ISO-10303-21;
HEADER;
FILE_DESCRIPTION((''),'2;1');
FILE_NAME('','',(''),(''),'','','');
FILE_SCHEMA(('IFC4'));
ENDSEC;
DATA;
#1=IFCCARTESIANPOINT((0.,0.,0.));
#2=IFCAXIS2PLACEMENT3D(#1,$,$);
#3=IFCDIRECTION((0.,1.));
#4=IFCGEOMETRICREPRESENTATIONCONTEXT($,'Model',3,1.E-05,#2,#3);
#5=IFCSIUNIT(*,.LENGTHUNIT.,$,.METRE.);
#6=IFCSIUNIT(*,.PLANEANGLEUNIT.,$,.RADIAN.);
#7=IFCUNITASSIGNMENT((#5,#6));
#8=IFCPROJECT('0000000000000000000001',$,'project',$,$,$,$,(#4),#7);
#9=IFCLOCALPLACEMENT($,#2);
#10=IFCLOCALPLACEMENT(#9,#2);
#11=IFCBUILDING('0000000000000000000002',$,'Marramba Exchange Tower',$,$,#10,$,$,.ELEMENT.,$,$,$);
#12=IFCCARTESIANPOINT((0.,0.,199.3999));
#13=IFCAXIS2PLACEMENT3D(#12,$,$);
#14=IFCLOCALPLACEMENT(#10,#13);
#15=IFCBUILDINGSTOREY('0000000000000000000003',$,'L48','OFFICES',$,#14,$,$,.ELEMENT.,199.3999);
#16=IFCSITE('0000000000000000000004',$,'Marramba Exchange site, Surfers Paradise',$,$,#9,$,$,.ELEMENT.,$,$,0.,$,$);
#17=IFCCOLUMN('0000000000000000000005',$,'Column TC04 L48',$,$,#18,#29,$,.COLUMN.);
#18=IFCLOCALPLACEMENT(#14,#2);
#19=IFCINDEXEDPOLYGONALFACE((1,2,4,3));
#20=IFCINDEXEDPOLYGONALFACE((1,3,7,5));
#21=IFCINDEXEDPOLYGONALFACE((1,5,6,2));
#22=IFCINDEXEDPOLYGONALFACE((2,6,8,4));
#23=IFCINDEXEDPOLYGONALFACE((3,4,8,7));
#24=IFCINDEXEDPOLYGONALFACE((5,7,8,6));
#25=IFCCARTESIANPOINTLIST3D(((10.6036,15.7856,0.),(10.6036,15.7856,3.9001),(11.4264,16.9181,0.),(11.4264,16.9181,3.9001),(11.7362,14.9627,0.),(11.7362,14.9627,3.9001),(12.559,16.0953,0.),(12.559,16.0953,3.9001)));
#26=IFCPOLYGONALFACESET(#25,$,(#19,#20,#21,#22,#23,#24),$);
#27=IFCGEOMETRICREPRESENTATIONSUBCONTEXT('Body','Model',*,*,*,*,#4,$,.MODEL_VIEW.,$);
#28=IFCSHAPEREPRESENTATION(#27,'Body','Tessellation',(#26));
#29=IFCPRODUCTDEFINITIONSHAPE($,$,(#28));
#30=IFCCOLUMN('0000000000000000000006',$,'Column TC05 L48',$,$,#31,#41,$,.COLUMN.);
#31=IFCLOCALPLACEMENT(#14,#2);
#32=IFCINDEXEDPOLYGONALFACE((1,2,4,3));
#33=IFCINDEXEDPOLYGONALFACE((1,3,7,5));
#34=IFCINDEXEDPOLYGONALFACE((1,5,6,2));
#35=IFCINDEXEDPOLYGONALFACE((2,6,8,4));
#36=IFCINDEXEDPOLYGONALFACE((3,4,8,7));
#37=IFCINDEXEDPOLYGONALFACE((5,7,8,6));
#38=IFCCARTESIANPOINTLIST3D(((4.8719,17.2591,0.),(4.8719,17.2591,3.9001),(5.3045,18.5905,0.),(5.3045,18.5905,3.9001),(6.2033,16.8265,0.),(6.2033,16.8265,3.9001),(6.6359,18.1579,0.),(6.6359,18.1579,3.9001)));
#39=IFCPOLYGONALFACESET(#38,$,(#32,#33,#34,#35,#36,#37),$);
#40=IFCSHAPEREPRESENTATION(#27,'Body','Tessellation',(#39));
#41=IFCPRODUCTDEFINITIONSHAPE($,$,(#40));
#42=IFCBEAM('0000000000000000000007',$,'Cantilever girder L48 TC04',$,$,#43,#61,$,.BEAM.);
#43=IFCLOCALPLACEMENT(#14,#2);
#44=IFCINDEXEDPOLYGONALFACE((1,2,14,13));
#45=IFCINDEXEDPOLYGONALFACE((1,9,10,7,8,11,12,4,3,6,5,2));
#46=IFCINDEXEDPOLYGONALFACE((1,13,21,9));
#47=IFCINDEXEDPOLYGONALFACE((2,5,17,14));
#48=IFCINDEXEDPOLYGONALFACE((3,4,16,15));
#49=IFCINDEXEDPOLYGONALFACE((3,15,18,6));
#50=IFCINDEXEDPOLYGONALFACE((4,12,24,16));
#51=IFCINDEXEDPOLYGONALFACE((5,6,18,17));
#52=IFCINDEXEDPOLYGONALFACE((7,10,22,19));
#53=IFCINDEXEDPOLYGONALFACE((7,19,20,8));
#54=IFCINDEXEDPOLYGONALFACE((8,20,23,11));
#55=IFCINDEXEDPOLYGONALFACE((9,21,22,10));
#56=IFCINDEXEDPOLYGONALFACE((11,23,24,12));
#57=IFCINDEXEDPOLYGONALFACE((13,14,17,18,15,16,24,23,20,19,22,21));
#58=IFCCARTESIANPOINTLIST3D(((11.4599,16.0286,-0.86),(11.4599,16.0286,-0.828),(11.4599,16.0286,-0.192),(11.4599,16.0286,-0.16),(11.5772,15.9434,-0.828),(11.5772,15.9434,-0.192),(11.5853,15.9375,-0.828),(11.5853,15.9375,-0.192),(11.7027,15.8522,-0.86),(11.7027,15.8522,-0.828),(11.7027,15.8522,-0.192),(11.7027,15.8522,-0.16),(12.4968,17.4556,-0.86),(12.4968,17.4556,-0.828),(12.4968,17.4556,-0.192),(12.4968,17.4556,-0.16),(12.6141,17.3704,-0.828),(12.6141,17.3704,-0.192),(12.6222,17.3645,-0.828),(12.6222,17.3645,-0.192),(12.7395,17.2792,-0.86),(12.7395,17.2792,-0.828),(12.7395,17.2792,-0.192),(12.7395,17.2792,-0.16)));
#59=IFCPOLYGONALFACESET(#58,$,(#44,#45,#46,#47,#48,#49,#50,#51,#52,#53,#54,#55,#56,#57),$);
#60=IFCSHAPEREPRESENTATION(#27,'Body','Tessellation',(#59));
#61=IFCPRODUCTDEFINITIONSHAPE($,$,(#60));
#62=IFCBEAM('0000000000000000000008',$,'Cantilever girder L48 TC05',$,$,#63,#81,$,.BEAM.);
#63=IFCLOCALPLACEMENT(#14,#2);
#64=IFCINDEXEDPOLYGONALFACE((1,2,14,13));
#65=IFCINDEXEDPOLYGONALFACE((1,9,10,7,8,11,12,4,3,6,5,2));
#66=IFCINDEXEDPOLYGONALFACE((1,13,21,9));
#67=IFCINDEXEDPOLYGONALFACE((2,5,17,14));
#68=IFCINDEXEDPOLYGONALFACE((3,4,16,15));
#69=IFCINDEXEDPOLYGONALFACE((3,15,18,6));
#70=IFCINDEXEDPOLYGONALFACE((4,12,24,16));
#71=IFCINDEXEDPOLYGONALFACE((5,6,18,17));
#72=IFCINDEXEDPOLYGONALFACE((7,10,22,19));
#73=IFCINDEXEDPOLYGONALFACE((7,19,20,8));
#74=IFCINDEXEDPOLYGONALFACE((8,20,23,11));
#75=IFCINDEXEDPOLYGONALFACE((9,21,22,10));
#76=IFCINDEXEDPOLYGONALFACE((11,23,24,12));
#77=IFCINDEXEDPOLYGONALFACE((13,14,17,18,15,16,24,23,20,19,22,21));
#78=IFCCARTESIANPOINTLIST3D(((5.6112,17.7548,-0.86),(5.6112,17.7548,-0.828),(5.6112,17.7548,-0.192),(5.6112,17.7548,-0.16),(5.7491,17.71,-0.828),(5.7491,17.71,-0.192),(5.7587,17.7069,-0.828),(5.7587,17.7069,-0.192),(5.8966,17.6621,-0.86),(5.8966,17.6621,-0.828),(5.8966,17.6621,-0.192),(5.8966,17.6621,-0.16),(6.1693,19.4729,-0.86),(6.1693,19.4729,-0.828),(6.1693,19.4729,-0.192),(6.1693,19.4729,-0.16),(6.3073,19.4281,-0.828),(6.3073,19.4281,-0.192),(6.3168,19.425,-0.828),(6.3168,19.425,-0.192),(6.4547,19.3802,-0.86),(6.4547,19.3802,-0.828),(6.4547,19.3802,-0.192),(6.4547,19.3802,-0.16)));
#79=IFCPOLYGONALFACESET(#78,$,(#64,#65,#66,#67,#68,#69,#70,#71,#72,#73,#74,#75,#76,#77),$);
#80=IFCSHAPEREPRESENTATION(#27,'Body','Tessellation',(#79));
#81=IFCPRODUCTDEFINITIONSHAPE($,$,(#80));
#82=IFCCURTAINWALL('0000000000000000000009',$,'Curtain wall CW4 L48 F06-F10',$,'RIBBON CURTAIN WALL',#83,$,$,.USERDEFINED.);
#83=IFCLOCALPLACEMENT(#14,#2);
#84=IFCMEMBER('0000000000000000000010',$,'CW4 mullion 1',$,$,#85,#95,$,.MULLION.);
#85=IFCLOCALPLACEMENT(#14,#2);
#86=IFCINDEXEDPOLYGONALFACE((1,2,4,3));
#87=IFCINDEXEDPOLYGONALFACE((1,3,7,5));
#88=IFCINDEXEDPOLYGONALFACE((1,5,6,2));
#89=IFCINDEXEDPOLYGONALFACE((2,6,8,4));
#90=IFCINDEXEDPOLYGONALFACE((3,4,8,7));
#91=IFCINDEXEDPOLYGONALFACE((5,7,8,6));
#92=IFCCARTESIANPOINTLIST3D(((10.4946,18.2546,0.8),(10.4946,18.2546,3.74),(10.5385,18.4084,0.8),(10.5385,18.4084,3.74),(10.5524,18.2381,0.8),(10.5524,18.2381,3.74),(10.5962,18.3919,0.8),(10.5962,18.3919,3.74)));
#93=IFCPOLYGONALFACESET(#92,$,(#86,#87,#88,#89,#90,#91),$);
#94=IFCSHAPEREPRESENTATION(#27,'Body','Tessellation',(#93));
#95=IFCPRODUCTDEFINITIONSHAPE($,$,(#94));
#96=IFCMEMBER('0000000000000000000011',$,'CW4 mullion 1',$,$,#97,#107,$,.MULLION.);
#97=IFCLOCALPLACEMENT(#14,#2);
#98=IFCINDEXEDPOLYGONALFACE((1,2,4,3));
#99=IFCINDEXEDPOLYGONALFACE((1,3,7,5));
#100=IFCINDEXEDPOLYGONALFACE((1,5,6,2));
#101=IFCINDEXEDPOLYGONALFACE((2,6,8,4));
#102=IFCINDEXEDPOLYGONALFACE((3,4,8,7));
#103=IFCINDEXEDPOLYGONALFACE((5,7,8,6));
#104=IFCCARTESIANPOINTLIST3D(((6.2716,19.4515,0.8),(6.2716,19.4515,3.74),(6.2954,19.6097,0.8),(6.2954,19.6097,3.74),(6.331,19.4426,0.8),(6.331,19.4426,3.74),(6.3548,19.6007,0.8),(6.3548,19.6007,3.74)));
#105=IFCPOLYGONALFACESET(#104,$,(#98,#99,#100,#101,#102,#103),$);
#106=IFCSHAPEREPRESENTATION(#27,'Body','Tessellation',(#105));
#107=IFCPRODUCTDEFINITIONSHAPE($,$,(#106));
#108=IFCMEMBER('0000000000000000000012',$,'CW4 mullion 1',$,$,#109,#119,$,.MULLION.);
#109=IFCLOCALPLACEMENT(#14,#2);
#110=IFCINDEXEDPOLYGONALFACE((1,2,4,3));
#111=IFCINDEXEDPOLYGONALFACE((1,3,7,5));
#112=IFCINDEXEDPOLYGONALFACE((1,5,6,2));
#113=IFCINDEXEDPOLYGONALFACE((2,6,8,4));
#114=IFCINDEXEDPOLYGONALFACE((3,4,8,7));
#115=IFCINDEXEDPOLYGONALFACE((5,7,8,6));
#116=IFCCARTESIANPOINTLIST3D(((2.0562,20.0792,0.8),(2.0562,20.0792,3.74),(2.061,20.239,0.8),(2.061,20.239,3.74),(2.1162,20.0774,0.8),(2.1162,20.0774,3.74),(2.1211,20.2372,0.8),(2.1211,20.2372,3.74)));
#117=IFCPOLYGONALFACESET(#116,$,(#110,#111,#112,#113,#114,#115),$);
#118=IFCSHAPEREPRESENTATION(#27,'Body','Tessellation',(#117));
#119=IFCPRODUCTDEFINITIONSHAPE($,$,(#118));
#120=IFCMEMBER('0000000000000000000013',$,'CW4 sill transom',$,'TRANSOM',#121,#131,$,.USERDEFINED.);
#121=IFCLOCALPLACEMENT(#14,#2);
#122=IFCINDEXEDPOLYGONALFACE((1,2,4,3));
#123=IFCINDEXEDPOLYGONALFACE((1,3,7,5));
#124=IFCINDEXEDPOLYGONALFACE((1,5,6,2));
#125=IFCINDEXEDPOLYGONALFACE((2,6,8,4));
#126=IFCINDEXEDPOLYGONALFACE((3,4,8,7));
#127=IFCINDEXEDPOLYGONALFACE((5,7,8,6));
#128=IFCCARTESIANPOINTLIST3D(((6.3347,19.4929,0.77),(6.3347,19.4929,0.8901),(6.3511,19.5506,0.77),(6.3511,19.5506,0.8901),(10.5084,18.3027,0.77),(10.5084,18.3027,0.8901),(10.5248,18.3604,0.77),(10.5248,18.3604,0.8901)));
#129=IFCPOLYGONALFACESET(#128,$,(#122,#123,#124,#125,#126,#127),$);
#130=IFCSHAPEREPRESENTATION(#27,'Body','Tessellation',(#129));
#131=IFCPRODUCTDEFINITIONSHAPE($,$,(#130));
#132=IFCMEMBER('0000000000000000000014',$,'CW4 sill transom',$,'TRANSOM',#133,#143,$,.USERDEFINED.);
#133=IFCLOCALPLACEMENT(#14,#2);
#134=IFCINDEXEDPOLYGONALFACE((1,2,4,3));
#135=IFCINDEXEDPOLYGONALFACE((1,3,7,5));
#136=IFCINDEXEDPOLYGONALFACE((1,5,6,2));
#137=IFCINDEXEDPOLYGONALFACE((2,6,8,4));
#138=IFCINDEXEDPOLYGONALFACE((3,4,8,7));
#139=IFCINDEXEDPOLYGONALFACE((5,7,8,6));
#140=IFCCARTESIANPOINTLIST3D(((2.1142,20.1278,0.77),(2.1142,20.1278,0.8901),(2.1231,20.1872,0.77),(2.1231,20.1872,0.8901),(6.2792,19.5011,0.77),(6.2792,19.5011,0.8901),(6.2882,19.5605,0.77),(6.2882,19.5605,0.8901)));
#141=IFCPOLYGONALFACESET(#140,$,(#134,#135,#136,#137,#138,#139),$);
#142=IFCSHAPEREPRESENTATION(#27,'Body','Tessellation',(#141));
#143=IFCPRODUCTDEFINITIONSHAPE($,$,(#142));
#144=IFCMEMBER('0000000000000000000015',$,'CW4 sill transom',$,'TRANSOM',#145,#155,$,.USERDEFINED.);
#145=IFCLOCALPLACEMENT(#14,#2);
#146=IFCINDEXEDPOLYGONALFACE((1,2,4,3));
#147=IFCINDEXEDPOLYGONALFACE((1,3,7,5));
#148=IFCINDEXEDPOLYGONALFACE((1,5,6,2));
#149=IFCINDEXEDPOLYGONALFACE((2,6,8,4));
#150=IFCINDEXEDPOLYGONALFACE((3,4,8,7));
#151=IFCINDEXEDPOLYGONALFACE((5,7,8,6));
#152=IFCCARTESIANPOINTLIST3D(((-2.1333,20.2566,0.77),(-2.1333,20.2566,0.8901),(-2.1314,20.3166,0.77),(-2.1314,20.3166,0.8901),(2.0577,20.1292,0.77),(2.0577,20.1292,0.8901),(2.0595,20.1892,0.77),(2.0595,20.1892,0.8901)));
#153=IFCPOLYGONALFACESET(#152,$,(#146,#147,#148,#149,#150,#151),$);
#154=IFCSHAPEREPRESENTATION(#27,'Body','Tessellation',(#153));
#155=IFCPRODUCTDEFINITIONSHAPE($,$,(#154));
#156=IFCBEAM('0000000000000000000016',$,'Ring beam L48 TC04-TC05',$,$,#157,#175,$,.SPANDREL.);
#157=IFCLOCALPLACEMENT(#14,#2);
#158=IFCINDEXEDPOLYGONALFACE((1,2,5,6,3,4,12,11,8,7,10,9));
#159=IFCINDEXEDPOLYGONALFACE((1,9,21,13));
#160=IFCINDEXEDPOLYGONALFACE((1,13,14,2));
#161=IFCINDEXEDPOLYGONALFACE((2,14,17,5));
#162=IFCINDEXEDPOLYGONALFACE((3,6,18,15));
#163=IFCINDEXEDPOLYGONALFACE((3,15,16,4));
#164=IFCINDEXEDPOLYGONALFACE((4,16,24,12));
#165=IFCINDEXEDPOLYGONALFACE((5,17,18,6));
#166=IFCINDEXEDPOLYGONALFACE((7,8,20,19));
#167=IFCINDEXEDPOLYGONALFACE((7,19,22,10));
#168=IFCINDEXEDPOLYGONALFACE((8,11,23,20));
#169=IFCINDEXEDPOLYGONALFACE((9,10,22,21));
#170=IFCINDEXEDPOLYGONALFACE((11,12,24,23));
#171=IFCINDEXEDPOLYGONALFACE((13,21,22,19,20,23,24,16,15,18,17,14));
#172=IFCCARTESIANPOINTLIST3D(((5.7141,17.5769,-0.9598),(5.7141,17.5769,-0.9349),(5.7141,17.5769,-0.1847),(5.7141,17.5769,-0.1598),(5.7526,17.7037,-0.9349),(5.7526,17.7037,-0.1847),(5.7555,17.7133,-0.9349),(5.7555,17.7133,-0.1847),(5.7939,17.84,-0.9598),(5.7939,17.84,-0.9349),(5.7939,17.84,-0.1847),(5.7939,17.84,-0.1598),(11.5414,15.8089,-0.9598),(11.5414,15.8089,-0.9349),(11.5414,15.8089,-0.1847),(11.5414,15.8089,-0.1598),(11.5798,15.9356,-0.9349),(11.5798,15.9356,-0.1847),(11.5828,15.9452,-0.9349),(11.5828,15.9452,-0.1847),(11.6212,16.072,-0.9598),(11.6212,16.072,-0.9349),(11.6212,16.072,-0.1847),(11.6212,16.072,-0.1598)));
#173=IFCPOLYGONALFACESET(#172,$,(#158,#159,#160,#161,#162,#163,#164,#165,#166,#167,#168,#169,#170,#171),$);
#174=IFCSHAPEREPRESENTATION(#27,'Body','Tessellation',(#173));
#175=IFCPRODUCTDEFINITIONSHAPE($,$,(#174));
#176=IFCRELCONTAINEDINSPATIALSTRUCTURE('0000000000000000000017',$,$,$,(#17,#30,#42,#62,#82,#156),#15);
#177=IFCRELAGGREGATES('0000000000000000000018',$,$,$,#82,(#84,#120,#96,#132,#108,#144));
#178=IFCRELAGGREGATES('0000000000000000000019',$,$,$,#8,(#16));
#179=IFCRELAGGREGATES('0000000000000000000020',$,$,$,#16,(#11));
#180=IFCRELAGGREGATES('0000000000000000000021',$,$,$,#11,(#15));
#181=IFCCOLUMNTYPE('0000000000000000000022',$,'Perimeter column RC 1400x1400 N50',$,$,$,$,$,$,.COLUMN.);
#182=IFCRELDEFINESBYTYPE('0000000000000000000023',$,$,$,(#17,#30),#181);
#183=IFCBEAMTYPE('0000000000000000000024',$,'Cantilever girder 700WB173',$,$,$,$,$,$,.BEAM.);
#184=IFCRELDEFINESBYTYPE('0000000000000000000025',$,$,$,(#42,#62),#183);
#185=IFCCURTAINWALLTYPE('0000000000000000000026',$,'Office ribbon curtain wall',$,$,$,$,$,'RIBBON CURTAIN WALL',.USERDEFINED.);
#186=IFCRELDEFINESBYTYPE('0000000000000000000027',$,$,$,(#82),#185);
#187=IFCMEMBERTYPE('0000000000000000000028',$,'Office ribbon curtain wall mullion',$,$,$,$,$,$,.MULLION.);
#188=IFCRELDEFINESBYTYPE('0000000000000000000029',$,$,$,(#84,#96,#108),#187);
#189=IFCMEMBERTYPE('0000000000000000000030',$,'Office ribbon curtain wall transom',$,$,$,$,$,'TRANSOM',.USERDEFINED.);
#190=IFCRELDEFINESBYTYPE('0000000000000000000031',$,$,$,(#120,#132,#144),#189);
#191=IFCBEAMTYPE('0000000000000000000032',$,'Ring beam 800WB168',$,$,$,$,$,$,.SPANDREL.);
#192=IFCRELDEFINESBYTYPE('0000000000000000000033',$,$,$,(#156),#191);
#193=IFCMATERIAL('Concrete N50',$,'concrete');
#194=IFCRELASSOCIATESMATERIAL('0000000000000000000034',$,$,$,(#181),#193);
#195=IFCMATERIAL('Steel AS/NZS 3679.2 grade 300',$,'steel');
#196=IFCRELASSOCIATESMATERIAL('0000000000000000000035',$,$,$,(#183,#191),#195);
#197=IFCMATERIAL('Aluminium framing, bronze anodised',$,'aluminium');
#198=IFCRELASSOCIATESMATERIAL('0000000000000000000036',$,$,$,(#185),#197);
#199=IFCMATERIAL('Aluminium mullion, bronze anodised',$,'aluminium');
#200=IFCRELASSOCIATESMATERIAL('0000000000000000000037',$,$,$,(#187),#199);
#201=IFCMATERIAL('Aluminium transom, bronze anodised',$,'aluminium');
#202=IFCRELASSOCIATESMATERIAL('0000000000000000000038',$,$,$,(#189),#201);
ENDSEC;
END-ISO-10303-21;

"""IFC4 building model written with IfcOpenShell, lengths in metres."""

from ifc_helpers import new_model, si_unit, direction, frame, origin, origin_2d, place, context, subcontext, project, spatial, rectangle, i_section, extrude, material, material_profile, profile_set, type_object, element, aggregate, save


model = new_model("IFC4")

# Units and contexts
model_context = context("Model", 3, precision=1e-05, world=origin(), true_north=direction((0.0, 1.0)))
body_context = subcontext(model_context, "Body", "Model", "MODEL_VIEW")
ifc_project = project(units=[si_unit("LENGTHUNIT", "METRE"), si_unit("PLANEANGLEUNIT", "RADIAN")], contexts=[model_context])

# Site, building, storey
site_placement = place(None, origin())
site = spatial("IfcSite", under=ifc_project, at=site_placement, Name="Marramba Exchange site, Surfers Paradise", CompositionType="ELEMENT", RefElevation=0.0)
building_placement = place(site_placement, origin())
building = spatial("IfcBuilding", under=site, at=building_placement, Name="Marramba Exchange Tower", CompositionType="ELEMENT")
storey_placement = place(building_placement, frame((0.0, 0.0, 199.3999)))
storey = spatial("IfcBuildingStorey", under=building, at=storey_placement, Name="L48", Description="OFFICES", CompositionType="ELEMENT", Elevation=199.3999)

# Columns
ifc_material_1 = material(Name="Concrete N50", Category="concrete")
ifc_material_profile_1 = material_profile(ifc_material_1, rectangle(XDim=1.3999, YDim=1.3999, at=origin_2d()), Name="RC 1400x1400")
ifc_profile_set_1 = profile_set([ifc_material_profile_1], Name="Concrete N50")
column_type = type_object("IfcColumnType", Name="Perimeter column RC 1400x1400 N50", PredefinedType="COLUMN", material=ifc_profile_set_1)
for number, where, z_axis, x_axis, name in (
    (1, (11.5813, 15.9404, 0.0), (0.0, 0.0, 1.0), (0.587785, 0.809017, 0.0), "Column TC04 L48"),
    (2, (5.7539, 17.7085, 0.0), (0.0, 0.0, 1.0), (0.309017, 0.951057, 0.0), "Column TC05 L48"),
):
    element("IfcColumn", number, at=place(storey_placement, frame(where, z_axis=z_axis, x_axis=x_axis)), inside=storey, type_object=column_type, Name=name, PredefinedType="COLUMN", context=body_context, shape_type="SweptSolid", body=[
        extrude(rectangle(XDim=1.3999, YDim=1.3999, at=origin_2d()), origin(), (0.0, 0.0, 1.0), 3.9001),
    ])

# Beams
ifc_material_2 = material(Name="Steel AS/NZS 3679.2 grade 300", Category="steel")
ifc_material_profile_2 = material_profile(ifc_material_2, i_section(OverallWidth=0.3, OverallDepth=0.7, WebThickness=0.01, FlangeThickness=0.032, at=origin_2d()), Name="700WB173")
ifc_profile_set_2 = profile_set([ifc_material_profile_2], Name="Steel AS/NZS 3679.2 grade 300")
beam_type_1 = type_object("IfcBeamType", Name="Cantilever girder 700WB173", PredefinedType="BEAM", material=ifc_profile_set_2)
beam_1_placement = place(storey_placement, frame((11.5813, 15.9404, -0.51), z_axis=(0.587818, 0.808993, 0.0), x_axis=(-0.808993, 0.587818, 0.0)))
element("IfcBeam", 3, at=beam_1_placement, inside=storey, type_object=beam_type_1, Name="Cantilever girder L48 TC04", PredefinedType="BEAM", context=body_context, shape_type="SweptSolid", body=[
    extrude(i_section(OverallWidth=0.3, OverallDepth=0.7, WebThickness=0.01, FlangeThickness=0.032, at=origin_2d()), origin(), (0.0, 0.0, 1.0), 1.7639),
])
beam_2_placement = place(storey_placement, frame((5.7539, 17.7085, -0.51), z_axis=(0.308961, 0.951075, 0.0), x_axis=(-0.951075, 0.308961, 0.0)))
element("IfcBeam", 4, at=beam_2_placement, inside=storey, type_object=beam_type_1, Name="Cantilever girder L48 TC05", PredefinedType="BEAM", context=body_context, shape_type="SweptSolid", body=[
    extrude(i_section(OverallWidth=0.3, OverallDepth=0.7, WebThickness=0.01, FlangeThickness=0.032, at=origin_2d()), origin(), (0.0, 0.0, 1.0), 1.8064),
])

# Curtain wall, members
ifc_material_3 = material(Name="Aluminium framing, bronze anodised", Category="aluminium")
curtain_wall_type = type_object("IfcCurtainWallType", Name="Office ribbon curtain wall", ElementType="RIBBON CURTAIN WALL", PredefinedType="USERDEFINED", material=ifc_material_3)
curtain_wall_1_placement = place(storey_placement, origin())
curtain_wall_1 = element("IfcCurtainWall", 5, at=curtain_wall_1_placement, inside=storey, type_object=curtain_wall_type, Name="Curtain wall CW4 L48 F06-F10", ObjectType="RIBBON CURTAIN WALL", PredefinedType="USERDEFINED")
ifc_material_4 = material(Name="Aluminium mullion, bronze anodised", Category="aluminium")
ifc_material_profile_3 = material_profile(ifc_material_4, rectangle(XDim=0.1599, YDim=0.0601, at=origin_2d()), Name="CW4 mullion 60x160")
ifc_profile_set_3 = profile_set([ifc_material_profile_3], Name="Aluminium mullion, bronze anodised")
member_type_1 = type_object("IfcMemberType", Name="Office ribbon curtain wall mullion", PredefinedType="MULLION", material=ifc_profile_set_3)
member_1_placement = place(storey_placement, frame((10.5454, 18.3232, 0.8), z_axis=(0.0, 0.0, 1.0), x_axis=(-0.274248, -0.961659, 0.0)))
member_1 = element("IfcMember", 6, at=member_1_placement, type_object=member_type_1, Name="CW4 mullion 1", PredefinedType="MULLION", context=body_context, shape_type="SweptSolid", body=[
    extrude(rectangle(XDim=0.1599, YDim=0.0601, at=origin_2d()), origin(), (0.0, 0.0, 1.0), 2.9399),
])
member_2_placement = place(storey_placement, frame((6.3132, 19.5261, 0.8), z_axis=(0.0, 0.0, 1.0), x_axis=(-0.148795, -0.988868, 0.0)))
member_2 = element("IfcMember", 7, at=member_2_placement, type_object=member_type_1, Name="CW4 mullion 1", PredefinedType="MULLION", context=body_context, shape_type="SweptSolid", body=[
    extrude(rectangle(XDim=0.1599, YDim=0.0601, at=origin_2d()), origin(), (0.0, 0.0, 1.0), 2.9399),
])
member_3_placement = place(storey_placement, frame((2.0886, 20.1582, 0.8), z_axis=(0.0, 0.0, 1.0), x_axis=(-0.030394, -0.999538, 0.0)))
member_3 = element("IfcMember", 8, at=member_3_placement, type_object=member_type_1, Name="CW4 mullion 1", PredefinedType="MULLION", context=body_context, shape_type="SweptSolid", body=[
    extrude(rectangle(XDim=0.1599, YDim=0.0601, at=origin_2d()), origin(), (0.0, 0.0, 1.0), 2.9399),
])
ifc_material_5 = material(Name="Aluminium transom, bronze anodised", Category="aluminium")
ifc_material_profile_4 = material_profile(ifc_material_5, rectangle(XDim=0.0601, YDim=0.1201, at=origin_2d()), Name="CW4 transom 60x120")
ifc_profile_set_4 = profile_set([ifc_material_profile_4], Name="Aluminium transom, bronze anodised")
member_type_2 = type_object("IfcMemberType", Name="Office ribbon curtain wall transom", ElementType="TRANSOM", PredefinedType="USERDEFINED", material=ifc_profile_set_4)
member_4_placement = place(storey_placement, frame((10.5166, 18.3315, 0.8301), z_axis=(-0.961662, 0.274238, 0.0), x_axis=(-0.274238, -0.961662, 0.0)))
member_4 = element("IfcMember", 9, at=member_4_placement, type_object=member_type_2, Name="CW4 sill transom", ObjectType="TRANSOM", PredefinedType="USERDEFINED", context=body_context, shape_type="SweptSolid", body=[
    extrude(rectangle(XDim=0.0601, YDim=0.1201, at=origin_2d()), origin(), (0.0, 0.0, 1.0), 4.3401),
])
member_5_placement = place(storey_placement, frame((6.2837, 19.5308, 0.8301), z_axis=(-0.988868, 0.148794, 0.0), x_axis=(-0.148794, -0.988868, 0.0)))
member_5 = element("IfcMember", 10, at=member_5_placement, type_object=member_type_2, Name="CW4 sill transom", ObjectType="TRANSOM", PredefinedType="USERDEFINED", context=body_context, shape_type="SweptSolid", body=[
    extrude(rectangle(XDim=0.0601, YDim=0.1201, at=origin_2d()), origin(), (0.0, 0.0, 1.0), 4.2119),
])
member_6_placement = place(storey_placement, frame((2.0586, 20.1592, 0.8301), z_axis=(-0.999538, 0.030395, 0.0), x_axis=(-0.030395, -0.999538, 0.0)))
member_6 = element("IfcMember", 11, at=member_6_placement, type_object=member_type_2, Name="CW4 sill transom", ObjectType="TRANSOM", PredefinedType="USERDEFINED", context=body_context, shape_type="SweptSolid", body=[
    extrude(rectangle(XDim=0.0601, YDim=0.1201, at=origin_2d()), origin(), (0.0, 0.0, 1.0), 4.1929),
])

# Beam
ifc_material_profile_5 = material_profile(ifc_material_2, i_section(OverallWidth=0.2749, OverallDepth=0.8, WebThickness=0.01, FlangeThickness=0.0249, at=origin_2d()), Name="800WB168")
ifc_profile_set_5 = profile_set([ifc_material_profile_5], Name="Steel AS/NZS 3679.2 grade 300")
beam_type_2 = type_object("IfcBeamType", Name="Ring beam 800WB168", PredefinedType="SPANDREL", material=ifc_profile_set_5)
beam_3_placement = place(storey_placement, frame((11.5813, 15.9404, -0.5598), z_axis=(-0.956925, 0.290337, 0.0), x_axis=(-0.290337, -0.956925, 0.0)))
element("IfcBeam", 12, at=beam_3_placement, inside=storey, type_object=beam_type_2, Name="Ring beam L48 TC04-TC05", PredefinedType="SPANDREL", context=body_context, shape_type="SweptSolid", body=[
    extrude(i_section(OverallWidth=0.2749, OverallDepth=0.8, WebThickness=0.01, FlangeThickness=0.0249, at=origin_2d()), origin(), (0.0, 0.0, 1.0), 6.0896),
])

aggregate(curtain_wall_1, [member_1, member_4, member_2, member_5, member_3, member_6])

save(model, "model.ifc")
